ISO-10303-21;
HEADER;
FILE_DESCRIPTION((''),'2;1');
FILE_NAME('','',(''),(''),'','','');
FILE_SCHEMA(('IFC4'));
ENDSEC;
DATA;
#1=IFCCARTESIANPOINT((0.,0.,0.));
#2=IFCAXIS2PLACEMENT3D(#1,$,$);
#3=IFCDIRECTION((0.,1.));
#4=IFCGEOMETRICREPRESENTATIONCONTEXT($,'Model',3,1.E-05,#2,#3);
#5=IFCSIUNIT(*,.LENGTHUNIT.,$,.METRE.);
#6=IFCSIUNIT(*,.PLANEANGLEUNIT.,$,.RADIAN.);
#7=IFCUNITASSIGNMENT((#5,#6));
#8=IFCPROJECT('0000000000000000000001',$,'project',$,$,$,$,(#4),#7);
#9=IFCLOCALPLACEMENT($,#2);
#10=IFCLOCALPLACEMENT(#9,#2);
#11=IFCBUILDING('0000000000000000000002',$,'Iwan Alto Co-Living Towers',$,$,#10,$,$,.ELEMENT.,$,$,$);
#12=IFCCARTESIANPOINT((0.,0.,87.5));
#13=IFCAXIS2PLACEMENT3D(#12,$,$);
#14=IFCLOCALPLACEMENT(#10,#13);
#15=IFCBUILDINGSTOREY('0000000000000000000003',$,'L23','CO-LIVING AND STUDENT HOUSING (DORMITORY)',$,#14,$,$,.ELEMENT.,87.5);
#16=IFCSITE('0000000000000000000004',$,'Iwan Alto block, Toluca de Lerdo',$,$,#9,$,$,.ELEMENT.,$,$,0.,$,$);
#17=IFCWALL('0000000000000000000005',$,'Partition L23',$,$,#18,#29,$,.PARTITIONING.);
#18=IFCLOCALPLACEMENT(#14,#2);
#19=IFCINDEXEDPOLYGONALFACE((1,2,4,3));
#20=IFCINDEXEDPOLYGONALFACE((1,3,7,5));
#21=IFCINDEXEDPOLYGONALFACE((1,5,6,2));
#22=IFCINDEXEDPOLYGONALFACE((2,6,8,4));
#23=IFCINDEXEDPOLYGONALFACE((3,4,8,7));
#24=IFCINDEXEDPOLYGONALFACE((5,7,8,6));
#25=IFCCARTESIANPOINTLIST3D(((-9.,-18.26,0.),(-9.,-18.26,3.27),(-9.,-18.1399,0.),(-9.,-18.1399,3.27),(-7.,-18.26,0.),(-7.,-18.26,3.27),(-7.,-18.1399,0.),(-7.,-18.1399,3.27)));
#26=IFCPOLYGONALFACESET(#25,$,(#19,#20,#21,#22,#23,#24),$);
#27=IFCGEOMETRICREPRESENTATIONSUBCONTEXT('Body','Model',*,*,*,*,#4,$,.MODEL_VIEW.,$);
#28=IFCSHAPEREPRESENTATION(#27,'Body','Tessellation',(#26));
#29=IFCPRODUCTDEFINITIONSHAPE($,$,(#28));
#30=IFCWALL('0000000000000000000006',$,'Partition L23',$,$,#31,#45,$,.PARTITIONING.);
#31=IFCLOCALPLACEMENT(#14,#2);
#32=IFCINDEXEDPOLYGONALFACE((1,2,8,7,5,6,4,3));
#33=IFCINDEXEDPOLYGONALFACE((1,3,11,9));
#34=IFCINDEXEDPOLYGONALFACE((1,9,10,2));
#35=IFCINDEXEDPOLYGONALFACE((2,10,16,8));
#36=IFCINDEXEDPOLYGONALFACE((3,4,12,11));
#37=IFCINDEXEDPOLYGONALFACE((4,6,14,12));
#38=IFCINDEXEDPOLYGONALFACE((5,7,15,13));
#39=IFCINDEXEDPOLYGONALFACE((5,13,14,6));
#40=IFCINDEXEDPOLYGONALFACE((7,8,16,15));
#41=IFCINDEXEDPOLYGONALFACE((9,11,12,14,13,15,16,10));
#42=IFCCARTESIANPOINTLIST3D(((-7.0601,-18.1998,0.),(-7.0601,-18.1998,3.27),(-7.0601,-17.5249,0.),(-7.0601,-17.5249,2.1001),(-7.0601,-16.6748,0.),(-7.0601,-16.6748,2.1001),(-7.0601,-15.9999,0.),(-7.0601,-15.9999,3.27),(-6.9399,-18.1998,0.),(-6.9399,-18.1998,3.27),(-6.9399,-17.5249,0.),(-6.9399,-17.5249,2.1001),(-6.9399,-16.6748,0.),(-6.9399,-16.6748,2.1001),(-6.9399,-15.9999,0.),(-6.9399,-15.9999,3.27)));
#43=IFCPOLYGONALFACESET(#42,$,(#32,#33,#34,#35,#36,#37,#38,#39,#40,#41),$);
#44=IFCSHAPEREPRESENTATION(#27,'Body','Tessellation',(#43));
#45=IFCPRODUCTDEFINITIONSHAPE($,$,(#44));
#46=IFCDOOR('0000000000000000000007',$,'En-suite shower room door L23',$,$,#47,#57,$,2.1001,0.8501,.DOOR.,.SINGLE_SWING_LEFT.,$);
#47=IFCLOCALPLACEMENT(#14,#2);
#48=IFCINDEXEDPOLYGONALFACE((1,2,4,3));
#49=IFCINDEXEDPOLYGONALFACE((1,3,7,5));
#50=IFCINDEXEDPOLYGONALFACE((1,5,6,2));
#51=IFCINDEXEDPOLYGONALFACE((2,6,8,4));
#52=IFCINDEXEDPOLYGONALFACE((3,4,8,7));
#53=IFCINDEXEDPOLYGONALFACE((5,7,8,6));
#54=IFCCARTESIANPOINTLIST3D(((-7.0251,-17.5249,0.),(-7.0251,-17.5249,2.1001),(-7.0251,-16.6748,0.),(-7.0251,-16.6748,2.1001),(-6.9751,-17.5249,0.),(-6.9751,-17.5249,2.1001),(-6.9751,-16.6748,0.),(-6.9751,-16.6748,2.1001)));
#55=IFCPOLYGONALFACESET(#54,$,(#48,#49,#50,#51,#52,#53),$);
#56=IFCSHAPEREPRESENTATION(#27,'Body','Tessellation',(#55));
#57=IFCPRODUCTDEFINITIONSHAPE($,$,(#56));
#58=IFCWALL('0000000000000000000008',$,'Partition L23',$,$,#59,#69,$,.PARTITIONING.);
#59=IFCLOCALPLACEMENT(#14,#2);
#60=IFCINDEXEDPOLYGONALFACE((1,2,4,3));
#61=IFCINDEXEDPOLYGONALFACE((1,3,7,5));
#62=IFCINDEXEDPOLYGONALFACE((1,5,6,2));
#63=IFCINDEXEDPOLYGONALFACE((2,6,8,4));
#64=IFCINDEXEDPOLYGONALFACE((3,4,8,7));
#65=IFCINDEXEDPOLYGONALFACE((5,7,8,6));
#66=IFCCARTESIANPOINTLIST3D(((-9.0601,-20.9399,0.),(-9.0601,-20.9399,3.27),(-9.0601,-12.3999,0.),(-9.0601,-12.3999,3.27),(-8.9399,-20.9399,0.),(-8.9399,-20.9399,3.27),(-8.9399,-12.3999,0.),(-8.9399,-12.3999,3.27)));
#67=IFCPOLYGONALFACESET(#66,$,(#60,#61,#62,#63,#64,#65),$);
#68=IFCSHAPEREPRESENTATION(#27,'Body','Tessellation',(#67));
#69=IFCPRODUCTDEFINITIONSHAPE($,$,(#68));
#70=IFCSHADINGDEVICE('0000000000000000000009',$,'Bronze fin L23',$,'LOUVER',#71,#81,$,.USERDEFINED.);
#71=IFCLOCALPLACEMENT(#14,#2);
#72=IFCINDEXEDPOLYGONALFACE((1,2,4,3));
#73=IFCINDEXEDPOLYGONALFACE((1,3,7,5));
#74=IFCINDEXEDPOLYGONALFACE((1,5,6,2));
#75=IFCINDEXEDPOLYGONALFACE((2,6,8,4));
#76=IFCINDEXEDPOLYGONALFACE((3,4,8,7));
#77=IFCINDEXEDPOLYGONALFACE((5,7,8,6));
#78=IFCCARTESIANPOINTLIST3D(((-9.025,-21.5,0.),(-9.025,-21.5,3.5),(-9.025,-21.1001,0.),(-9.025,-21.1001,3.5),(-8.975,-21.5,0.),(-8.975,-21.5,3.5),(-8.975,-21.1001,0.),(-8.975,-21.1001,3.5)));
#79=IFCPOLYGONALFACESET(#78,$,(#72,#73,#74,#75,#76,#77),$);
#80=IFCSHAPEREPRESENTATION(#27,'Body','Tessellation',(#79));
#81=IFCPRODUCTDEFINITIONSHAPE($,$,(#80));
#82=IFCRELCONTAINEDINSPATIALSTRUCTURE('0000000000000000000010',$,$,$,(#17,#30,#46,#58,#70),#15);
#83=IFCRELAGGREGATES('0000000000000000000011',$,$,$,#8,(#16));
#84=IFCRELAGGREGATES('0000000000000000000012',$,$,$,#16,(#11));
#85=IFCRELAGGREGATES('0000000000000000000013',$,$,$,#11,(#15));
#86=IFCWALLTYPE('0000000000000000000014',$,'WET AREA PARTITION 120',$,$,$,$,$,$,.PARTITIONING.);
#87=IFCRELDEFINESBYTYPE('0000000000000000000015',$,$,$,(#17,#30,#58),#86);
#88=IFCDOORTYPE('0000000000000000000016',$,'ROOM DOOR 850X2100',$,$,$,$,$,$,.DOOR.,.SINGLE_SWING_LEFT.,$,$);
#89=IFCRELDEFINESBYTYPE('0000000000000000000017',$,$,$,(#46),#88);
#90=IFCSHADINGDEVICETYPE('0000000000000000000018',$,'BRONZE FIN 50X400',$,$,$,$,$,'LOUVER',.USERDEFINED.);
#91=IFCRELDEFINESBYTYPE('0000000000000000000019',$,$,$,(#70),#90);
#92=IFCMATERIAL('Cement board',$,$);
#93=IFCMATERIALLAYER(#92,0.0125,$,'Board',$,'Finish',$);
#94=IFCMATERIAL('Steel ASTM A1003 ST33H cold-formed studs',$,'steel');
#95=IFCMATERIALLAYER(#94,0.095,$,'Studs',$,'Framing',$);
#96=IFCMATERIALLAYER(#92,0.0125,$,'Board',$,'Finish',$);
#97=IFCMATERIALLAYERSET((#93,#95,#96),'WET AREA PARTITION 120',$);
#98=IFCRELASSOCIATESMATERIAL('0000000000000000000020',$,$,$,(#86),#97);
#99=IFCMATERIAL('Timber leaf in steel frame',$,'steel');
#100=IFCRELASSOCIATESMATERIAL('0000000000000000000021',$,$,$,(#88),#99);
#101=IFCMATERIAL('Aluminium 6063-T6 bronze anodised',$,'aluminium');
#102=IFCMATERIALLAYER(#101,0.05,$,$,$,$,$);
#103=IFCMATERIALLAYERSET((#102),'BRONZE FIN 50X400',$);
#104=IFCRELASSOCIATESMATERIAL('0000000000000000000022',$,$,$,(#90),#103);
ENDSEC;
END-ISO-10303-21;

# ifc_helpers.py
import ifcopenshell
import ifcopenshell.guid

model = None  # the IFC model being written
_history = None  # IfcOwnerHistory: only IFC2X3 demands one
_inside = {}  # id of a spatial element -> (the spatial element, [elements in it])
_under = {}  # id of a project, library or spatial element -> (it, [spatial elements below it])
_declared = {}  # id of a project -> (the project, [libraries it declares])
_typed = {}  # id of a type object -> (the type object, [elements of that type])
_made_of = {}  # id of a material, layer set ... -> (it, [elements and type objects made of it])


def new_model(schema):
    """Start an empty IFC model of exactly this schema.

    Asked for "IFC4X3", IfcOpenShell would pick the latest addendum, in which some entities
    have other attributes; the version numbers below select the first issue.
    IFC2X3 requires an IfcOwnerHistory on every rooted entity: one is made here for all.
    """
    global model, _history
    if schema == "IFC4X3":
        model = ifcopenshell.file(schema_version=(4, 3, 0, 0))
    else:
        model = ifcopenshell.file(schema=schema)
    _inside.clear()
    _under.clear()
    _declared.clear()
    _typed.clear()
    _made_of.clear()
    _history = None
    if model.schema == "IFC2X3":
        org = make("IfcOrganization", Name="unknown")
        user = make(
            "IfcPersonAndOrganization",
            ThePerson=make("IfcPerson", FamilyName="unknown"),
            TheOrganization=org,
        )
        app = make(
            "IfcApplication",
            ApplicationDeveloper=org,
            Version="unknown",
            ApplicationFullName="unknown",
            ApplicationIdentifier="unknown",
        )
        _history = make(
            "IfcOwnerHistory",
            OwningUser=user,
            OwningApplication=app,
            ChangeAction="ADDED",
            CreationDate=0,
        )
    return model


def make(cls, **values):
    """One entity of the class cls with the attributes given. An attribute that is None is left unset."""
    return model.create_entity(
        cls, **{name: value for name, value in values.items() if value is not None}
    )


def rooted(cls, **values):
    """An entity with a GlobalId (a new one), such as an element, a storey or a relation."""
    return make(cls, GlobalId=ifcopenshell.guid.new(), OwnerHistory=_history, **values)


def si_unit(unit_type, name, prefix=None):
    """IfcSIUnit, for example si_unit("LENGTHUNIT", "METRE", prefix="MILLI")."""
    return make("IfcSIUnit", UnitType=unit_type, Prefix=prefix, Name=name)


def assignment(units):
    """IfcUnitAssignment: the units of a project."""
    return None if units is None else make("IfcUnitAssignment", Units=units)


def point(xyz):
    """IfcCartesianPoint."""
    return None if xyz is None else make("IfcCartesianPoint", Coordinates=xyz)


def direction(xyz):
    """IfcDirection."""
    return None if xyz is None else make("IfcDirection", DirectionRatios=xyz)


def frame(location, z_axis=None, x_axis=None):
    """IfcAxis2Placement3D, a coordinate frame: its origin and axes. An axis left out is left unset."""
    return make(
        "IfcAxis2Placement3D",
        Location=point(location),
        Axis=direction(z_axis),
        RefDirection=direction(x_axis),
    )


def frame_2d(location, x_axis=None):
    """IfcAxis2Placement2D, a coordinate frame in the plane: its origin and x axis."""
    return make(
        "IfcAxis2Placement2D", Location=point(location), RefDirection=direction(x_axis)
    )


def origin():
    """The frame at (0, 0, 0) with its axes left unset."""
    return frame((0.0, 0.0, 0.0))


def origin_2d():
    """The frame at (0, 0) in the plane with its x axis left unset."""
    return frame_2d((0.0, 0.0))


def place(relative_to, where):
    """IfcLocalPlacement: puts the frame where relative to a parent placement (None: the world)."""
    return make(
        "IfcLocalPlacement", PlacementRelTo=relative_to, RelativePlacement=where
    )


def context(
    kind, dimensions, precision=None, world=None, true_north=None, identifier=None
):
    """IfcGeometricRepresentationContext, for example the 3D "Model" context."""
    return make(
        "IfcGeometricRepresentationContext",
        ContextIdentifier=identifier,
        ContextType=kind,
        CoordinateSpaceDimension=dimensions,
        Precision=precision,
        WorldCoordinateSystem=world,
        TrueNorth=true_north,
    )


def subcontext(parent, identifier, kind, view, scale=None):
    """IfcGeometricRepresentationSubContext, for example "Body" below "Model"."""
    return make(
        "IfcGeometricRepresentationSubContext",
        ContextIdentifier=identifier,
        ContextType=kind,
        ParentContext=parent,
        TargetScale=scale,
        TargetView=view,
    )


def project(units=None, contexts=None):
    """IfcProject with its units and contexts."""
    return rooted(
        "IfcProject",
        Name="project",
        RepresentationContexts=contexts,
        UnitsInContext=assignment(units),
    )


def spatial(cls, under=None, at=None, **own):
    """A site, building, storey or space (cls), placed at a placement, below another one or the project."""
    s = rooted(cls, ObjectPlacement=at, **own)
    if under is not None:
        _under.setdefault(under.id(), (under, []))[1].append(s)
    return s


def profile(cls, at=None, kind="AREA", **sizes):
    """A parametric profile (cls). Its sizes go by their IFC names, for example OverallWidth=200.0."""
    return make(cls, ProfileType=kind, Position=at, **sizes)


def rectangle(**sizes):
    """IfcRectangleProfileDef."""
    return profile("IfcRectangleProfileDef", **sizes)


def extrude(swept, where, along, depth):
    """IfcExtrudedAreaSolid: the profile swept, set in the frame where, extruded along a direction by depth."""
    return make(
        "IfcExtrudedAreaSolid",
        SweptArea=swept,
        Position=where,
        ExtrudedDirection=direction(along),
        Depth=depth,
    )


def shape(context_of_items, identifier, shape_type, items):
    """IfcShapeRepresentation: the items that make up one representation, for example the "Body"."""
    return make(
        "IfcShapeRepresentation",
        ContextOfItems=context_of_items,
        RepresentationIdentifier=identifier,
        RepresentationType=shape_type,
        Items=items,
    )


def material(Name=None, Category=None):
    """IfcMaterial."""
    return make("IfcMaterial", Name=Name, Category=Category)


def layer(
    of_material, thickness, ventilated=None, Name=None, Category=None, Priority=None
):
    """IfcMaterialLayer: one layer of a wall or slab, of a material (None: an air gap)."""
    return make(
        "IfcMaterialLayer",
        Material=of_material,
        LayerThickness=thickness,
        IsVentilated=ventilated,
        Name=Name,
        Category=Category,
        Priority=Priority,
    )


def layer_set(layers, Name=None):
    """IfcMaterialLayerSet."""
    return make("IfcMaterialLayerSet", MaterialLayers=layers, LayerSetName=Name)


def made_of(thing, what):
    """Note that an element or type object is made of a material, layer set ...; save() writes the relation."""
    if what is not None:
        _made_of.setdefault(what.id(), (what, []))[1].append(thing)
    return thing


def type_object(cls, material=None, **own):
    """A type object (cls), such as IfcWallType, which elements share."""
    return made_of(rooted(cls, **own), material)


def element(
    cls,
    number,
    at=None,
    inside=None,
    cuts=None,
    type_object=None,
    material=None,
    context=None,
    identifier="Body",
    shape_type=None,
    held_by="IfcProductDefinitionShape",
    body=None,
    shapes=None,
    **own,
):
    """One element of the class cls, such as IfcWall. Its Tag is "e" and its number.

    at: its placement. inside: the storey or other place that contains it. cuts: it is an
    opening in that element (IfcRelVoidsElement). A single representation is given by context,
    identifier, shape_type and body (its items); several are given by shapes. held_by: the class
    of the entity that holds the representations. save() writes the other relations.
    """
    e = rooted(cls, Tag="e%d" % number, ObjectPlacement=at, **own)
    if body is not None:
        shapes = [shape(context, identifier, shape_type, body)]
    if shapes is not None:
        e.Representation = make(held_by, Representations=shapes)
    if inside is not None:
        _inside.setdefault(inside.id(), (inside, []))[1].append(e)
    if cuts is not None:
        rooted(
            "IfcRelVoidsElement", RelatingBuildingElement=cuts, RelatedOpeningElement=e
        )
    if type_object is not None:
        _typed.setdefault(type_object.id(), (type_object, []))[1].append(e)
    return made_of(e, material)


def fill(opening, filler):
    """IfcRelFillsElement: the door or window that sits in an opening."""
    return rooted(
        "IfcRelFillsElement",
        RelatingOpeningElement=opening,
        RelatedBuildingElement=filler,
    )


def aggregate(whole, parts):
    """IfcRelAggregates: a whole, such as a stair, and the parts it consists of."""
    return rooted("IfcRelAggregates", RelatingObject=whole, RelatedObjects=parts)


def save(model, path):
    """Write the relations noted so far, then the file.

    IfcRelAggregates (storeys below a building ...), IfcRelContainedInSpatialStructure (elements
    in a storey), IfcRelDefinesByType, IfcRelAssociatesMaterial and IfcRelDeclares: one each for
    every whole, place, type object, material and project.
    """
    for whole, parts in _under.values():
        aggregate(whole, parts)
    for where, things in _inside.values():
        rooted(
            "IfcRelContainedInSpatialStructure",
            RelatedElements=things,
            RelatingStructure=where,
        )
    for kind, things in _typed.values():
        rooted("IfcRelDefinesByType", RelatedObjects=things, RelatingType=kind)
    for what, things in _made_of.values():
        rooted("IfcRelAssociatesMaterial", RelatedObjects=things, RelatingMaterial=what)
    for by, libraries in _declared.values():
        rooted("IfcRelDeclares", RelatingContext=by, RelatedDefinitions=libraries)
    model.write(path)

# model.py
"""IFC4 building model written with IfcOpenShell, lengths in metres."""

from ifc_helpers import new_model, si_unit, direction, frame, frame_2d, origin, origin_2d, place, context, subcontext, project, spatial, rectangle, extrude, material, layer, layer_set, type_object, element, fill, save


model = new_model("IFC4")

# Units and contexts
model_context = context("Model", 3, precision=1e-05, world=origin(), true_north=direction((0.0, 1.0)))
body_context = subcontext(model_context, "Body", "Model", "MODEL_VIEW")
ifc_project = project(units=[si_unit("LENGTHUNIT", "METRE"), si_unit("PLANEANGLEUNIT", "RADIAN")], contexts=[model_context])

# Site, building, storey
site_placement = place(None, origin())
site = spatial("IfcSite", under=ifc_project, at=site_placement, Name="Iwan Alto block, Toluca de Lerdo", CompositionType="ELEMENT", RefElevation=0.0)
building_placement = place(site_placement, origin())
building = spatial("IfcBuilding", under=site, at=building_placement, Name="Iwan Alto Co-Living Towers", CompositionType="ELEMENT")
storey_placement = place(building_placement, frame((0.0, 0.0, 87.5)))
storey = spatial("IfcBuildingStorey", under=building, at=storey_placement, Name="L23", Description="CO-LIVING AND STUDENT HOUSING (DORMITORY)", CompositionType="ELEMENT", Elevation=87.5)

# Shared definitions
ifc_material_1 = material(Name="Steel ASTM A1003 ST33H cold-formed studs", Category="steel")

# Wall
ifc_material_2 = material(Name="Cement board")
ifc_layer_1 = layer(ifc_material_2, 0.0125, Name="Board", Category="Finish")
ifc_layer_2 = layer(ifc_material_1, 0.095, Name="Studs", Category="Framing")
ifc_layer_3 = layer(ifc_material_2, 0.0125, Name="Board", Category="Finish")
ifc_layer_set_1 = layer_set([ifc_layer_1, ifc_layer_2, ifc_layer_3], Name="WET AREA PARTITION 120")
wall_type_1 = type_object("IfcWallType", Name="WET AREA PARTITION 120", PredefinedType="PARTITIONING", material=ifc_layer_set_1)
wall_1_placement = place(storey_placement, frame((-9.0, -18.2, 0.0), z_axis=(0.0, 0.0, 1.0), x_axis=(1.0, 0.0, 0.0)))
element("IfcWall", 1, at=wall_1_placement, inside=storey, type_object=wall_type_1, Name="Partition L23", PredefinedType="PARTITIONING", context=body_context, shape_type="SweptSolid", body=[
    extrude(rectangle(XDim=2.0, YDim=0.1201, at=frame_2d((1.0, 0.0))), origin(), (0.0, 0.0, 1.0), 3.27),
])

# Wall, opening, door
wall_2_placement = place(storey_placement, frame((-7.0, -18.2, 0.0), z_axis=(0.0, 0.0, 1.0), x_axis=(0.0, 1.0, 0.0)))
wall_2 = element("IfcWall", 2, at=wall_2_placement, inside=storey, type_object=wall_type_1, Name="Partition L23", PredefinedType="PARTITIONING", context=body_context, shape_type="SweptSolid", body=[
    extrude(rectangle(XDim=2.2, YDim=0.1201, at=frame_2d((1.1001, 0.0))), origin(), (0.0, 0.0, 1.0), 3.27),
])
opening_1_placement = place(wall_2_placement, frame((0.675, 0.0, 0.0)))
opening_1 = element("IfcOpeningElement", 3, at=opening_1_placement, cuts=wall_2, PredefinedType="OPENING", context=body_context, shape_type="SweptSolid", body=[
    extrude(rectangle(XDim=0.8501, YDim=2.1001, at=frame_2d((0.425, 1.05))), frame((0.0, 0.0701, 0.0), z_axis=(0.0, -1.0, 0.0), x_axis=(1.0, 0.0, 0.0)), (0.0, 0.0, 1.0), 0.1401),
])
ifc_material_3 = material(Name="Timber leaf in steel frame", Category="steel")
door_type_1 = type_object("IfcDoorType", Name="ROOM DOOR 850X2100", OperationType="SINGLE_SWING_LEFT", PredefinedType="DOOR", material=ifc_material_3)
door_1_placement = place(opening_1_placement, frame((0.8501, 0.0, 0.0), z_axis=(0.0, 0.0, 1.0), x_axis=(-1.0, 0.0, 0.0)))
door_1 = element("IfcDoor", 4, at=door_1_placement, inside=storey, type_object=door_type_1, Name="En-suite shower room door L23", OperationType="SINGLE_SWING_LEFT", OverallHeight=2.1001, OverallWidth=0.8501, PredefinedType="DOOR", context=body_context, shape_type="SweptSolid", body=[
    extrude(rectangle(XDim=0.8501, YDim=2.1001, at=frame_2d((0.425, 1.05))), frame((0.0, 0.0249, 0.0), z_axis=(0.0, -1.0, 0.0), x_axis=(1.0, 0.0, 0.0)), (0.0, 0.0, 1.0), 0.05),
])
fill(opening_1, door_1)

# Wall
wall_3_placement = place(storey_placement, frame((-9.0, -20.9399, 0.0), z_axis=(0.0, 0.0, 1.0), x_axis=(0.0, 1.0, 0.0)))
element("IfcWall", 5, at=wall_3_placement, inside=storey, type_object=wall_type_1, Name="Partition L23", PredefinedType="PARTITIONING", context=body_context, shape_type="SweptSolid", body=[
    extrude(rectangle(XDim=8.54, YDim=0.1201, at=frame_2d((4.27, 0.0))), origin(), (0.0, 0.0, 1.0), 3.27),
])

# Shading device
ifc_material_4 = material(Name="Aluminium 6063-T6 bronze anodised", Category="aluminium")
ifc_layer_4 = layer(ifc_material_4, 0.05)
ifc_layer_set_2 = layer_set([ifc_layer_4], Name="BRONZE FIN 50X400")
shading_device_type = type_object("IfcShadingDeviceType", Name="BRONZE FIN 50X400", ElementType="LOUVER", PredefinedType="USERDEFINED", material=ifc_layer_set_2)
shading_device_placement = place(storey_placement, frame((-9.0, -21.3, 0.0), z_axis=(0.0, 0.0, 1.0), x_axis=(1.0, 0.0, 0.0)))
element("IfcShadingDevice", 6, at=shading_device_placement, inside=storey, type_object=shading_device_type, Name="Bronze fin L23", ObjectType="LOUVER", PredefinedType="USERDEFINED", context=body_context, shape_type="SweptSolid", body=[
    extrude(rectangle(XDim=0.05, YDim=0.3999, at=origin_2d()), origin(), (0.0, 0.0, 1.0), 3.5),
])

save(model, "model.ifc")
